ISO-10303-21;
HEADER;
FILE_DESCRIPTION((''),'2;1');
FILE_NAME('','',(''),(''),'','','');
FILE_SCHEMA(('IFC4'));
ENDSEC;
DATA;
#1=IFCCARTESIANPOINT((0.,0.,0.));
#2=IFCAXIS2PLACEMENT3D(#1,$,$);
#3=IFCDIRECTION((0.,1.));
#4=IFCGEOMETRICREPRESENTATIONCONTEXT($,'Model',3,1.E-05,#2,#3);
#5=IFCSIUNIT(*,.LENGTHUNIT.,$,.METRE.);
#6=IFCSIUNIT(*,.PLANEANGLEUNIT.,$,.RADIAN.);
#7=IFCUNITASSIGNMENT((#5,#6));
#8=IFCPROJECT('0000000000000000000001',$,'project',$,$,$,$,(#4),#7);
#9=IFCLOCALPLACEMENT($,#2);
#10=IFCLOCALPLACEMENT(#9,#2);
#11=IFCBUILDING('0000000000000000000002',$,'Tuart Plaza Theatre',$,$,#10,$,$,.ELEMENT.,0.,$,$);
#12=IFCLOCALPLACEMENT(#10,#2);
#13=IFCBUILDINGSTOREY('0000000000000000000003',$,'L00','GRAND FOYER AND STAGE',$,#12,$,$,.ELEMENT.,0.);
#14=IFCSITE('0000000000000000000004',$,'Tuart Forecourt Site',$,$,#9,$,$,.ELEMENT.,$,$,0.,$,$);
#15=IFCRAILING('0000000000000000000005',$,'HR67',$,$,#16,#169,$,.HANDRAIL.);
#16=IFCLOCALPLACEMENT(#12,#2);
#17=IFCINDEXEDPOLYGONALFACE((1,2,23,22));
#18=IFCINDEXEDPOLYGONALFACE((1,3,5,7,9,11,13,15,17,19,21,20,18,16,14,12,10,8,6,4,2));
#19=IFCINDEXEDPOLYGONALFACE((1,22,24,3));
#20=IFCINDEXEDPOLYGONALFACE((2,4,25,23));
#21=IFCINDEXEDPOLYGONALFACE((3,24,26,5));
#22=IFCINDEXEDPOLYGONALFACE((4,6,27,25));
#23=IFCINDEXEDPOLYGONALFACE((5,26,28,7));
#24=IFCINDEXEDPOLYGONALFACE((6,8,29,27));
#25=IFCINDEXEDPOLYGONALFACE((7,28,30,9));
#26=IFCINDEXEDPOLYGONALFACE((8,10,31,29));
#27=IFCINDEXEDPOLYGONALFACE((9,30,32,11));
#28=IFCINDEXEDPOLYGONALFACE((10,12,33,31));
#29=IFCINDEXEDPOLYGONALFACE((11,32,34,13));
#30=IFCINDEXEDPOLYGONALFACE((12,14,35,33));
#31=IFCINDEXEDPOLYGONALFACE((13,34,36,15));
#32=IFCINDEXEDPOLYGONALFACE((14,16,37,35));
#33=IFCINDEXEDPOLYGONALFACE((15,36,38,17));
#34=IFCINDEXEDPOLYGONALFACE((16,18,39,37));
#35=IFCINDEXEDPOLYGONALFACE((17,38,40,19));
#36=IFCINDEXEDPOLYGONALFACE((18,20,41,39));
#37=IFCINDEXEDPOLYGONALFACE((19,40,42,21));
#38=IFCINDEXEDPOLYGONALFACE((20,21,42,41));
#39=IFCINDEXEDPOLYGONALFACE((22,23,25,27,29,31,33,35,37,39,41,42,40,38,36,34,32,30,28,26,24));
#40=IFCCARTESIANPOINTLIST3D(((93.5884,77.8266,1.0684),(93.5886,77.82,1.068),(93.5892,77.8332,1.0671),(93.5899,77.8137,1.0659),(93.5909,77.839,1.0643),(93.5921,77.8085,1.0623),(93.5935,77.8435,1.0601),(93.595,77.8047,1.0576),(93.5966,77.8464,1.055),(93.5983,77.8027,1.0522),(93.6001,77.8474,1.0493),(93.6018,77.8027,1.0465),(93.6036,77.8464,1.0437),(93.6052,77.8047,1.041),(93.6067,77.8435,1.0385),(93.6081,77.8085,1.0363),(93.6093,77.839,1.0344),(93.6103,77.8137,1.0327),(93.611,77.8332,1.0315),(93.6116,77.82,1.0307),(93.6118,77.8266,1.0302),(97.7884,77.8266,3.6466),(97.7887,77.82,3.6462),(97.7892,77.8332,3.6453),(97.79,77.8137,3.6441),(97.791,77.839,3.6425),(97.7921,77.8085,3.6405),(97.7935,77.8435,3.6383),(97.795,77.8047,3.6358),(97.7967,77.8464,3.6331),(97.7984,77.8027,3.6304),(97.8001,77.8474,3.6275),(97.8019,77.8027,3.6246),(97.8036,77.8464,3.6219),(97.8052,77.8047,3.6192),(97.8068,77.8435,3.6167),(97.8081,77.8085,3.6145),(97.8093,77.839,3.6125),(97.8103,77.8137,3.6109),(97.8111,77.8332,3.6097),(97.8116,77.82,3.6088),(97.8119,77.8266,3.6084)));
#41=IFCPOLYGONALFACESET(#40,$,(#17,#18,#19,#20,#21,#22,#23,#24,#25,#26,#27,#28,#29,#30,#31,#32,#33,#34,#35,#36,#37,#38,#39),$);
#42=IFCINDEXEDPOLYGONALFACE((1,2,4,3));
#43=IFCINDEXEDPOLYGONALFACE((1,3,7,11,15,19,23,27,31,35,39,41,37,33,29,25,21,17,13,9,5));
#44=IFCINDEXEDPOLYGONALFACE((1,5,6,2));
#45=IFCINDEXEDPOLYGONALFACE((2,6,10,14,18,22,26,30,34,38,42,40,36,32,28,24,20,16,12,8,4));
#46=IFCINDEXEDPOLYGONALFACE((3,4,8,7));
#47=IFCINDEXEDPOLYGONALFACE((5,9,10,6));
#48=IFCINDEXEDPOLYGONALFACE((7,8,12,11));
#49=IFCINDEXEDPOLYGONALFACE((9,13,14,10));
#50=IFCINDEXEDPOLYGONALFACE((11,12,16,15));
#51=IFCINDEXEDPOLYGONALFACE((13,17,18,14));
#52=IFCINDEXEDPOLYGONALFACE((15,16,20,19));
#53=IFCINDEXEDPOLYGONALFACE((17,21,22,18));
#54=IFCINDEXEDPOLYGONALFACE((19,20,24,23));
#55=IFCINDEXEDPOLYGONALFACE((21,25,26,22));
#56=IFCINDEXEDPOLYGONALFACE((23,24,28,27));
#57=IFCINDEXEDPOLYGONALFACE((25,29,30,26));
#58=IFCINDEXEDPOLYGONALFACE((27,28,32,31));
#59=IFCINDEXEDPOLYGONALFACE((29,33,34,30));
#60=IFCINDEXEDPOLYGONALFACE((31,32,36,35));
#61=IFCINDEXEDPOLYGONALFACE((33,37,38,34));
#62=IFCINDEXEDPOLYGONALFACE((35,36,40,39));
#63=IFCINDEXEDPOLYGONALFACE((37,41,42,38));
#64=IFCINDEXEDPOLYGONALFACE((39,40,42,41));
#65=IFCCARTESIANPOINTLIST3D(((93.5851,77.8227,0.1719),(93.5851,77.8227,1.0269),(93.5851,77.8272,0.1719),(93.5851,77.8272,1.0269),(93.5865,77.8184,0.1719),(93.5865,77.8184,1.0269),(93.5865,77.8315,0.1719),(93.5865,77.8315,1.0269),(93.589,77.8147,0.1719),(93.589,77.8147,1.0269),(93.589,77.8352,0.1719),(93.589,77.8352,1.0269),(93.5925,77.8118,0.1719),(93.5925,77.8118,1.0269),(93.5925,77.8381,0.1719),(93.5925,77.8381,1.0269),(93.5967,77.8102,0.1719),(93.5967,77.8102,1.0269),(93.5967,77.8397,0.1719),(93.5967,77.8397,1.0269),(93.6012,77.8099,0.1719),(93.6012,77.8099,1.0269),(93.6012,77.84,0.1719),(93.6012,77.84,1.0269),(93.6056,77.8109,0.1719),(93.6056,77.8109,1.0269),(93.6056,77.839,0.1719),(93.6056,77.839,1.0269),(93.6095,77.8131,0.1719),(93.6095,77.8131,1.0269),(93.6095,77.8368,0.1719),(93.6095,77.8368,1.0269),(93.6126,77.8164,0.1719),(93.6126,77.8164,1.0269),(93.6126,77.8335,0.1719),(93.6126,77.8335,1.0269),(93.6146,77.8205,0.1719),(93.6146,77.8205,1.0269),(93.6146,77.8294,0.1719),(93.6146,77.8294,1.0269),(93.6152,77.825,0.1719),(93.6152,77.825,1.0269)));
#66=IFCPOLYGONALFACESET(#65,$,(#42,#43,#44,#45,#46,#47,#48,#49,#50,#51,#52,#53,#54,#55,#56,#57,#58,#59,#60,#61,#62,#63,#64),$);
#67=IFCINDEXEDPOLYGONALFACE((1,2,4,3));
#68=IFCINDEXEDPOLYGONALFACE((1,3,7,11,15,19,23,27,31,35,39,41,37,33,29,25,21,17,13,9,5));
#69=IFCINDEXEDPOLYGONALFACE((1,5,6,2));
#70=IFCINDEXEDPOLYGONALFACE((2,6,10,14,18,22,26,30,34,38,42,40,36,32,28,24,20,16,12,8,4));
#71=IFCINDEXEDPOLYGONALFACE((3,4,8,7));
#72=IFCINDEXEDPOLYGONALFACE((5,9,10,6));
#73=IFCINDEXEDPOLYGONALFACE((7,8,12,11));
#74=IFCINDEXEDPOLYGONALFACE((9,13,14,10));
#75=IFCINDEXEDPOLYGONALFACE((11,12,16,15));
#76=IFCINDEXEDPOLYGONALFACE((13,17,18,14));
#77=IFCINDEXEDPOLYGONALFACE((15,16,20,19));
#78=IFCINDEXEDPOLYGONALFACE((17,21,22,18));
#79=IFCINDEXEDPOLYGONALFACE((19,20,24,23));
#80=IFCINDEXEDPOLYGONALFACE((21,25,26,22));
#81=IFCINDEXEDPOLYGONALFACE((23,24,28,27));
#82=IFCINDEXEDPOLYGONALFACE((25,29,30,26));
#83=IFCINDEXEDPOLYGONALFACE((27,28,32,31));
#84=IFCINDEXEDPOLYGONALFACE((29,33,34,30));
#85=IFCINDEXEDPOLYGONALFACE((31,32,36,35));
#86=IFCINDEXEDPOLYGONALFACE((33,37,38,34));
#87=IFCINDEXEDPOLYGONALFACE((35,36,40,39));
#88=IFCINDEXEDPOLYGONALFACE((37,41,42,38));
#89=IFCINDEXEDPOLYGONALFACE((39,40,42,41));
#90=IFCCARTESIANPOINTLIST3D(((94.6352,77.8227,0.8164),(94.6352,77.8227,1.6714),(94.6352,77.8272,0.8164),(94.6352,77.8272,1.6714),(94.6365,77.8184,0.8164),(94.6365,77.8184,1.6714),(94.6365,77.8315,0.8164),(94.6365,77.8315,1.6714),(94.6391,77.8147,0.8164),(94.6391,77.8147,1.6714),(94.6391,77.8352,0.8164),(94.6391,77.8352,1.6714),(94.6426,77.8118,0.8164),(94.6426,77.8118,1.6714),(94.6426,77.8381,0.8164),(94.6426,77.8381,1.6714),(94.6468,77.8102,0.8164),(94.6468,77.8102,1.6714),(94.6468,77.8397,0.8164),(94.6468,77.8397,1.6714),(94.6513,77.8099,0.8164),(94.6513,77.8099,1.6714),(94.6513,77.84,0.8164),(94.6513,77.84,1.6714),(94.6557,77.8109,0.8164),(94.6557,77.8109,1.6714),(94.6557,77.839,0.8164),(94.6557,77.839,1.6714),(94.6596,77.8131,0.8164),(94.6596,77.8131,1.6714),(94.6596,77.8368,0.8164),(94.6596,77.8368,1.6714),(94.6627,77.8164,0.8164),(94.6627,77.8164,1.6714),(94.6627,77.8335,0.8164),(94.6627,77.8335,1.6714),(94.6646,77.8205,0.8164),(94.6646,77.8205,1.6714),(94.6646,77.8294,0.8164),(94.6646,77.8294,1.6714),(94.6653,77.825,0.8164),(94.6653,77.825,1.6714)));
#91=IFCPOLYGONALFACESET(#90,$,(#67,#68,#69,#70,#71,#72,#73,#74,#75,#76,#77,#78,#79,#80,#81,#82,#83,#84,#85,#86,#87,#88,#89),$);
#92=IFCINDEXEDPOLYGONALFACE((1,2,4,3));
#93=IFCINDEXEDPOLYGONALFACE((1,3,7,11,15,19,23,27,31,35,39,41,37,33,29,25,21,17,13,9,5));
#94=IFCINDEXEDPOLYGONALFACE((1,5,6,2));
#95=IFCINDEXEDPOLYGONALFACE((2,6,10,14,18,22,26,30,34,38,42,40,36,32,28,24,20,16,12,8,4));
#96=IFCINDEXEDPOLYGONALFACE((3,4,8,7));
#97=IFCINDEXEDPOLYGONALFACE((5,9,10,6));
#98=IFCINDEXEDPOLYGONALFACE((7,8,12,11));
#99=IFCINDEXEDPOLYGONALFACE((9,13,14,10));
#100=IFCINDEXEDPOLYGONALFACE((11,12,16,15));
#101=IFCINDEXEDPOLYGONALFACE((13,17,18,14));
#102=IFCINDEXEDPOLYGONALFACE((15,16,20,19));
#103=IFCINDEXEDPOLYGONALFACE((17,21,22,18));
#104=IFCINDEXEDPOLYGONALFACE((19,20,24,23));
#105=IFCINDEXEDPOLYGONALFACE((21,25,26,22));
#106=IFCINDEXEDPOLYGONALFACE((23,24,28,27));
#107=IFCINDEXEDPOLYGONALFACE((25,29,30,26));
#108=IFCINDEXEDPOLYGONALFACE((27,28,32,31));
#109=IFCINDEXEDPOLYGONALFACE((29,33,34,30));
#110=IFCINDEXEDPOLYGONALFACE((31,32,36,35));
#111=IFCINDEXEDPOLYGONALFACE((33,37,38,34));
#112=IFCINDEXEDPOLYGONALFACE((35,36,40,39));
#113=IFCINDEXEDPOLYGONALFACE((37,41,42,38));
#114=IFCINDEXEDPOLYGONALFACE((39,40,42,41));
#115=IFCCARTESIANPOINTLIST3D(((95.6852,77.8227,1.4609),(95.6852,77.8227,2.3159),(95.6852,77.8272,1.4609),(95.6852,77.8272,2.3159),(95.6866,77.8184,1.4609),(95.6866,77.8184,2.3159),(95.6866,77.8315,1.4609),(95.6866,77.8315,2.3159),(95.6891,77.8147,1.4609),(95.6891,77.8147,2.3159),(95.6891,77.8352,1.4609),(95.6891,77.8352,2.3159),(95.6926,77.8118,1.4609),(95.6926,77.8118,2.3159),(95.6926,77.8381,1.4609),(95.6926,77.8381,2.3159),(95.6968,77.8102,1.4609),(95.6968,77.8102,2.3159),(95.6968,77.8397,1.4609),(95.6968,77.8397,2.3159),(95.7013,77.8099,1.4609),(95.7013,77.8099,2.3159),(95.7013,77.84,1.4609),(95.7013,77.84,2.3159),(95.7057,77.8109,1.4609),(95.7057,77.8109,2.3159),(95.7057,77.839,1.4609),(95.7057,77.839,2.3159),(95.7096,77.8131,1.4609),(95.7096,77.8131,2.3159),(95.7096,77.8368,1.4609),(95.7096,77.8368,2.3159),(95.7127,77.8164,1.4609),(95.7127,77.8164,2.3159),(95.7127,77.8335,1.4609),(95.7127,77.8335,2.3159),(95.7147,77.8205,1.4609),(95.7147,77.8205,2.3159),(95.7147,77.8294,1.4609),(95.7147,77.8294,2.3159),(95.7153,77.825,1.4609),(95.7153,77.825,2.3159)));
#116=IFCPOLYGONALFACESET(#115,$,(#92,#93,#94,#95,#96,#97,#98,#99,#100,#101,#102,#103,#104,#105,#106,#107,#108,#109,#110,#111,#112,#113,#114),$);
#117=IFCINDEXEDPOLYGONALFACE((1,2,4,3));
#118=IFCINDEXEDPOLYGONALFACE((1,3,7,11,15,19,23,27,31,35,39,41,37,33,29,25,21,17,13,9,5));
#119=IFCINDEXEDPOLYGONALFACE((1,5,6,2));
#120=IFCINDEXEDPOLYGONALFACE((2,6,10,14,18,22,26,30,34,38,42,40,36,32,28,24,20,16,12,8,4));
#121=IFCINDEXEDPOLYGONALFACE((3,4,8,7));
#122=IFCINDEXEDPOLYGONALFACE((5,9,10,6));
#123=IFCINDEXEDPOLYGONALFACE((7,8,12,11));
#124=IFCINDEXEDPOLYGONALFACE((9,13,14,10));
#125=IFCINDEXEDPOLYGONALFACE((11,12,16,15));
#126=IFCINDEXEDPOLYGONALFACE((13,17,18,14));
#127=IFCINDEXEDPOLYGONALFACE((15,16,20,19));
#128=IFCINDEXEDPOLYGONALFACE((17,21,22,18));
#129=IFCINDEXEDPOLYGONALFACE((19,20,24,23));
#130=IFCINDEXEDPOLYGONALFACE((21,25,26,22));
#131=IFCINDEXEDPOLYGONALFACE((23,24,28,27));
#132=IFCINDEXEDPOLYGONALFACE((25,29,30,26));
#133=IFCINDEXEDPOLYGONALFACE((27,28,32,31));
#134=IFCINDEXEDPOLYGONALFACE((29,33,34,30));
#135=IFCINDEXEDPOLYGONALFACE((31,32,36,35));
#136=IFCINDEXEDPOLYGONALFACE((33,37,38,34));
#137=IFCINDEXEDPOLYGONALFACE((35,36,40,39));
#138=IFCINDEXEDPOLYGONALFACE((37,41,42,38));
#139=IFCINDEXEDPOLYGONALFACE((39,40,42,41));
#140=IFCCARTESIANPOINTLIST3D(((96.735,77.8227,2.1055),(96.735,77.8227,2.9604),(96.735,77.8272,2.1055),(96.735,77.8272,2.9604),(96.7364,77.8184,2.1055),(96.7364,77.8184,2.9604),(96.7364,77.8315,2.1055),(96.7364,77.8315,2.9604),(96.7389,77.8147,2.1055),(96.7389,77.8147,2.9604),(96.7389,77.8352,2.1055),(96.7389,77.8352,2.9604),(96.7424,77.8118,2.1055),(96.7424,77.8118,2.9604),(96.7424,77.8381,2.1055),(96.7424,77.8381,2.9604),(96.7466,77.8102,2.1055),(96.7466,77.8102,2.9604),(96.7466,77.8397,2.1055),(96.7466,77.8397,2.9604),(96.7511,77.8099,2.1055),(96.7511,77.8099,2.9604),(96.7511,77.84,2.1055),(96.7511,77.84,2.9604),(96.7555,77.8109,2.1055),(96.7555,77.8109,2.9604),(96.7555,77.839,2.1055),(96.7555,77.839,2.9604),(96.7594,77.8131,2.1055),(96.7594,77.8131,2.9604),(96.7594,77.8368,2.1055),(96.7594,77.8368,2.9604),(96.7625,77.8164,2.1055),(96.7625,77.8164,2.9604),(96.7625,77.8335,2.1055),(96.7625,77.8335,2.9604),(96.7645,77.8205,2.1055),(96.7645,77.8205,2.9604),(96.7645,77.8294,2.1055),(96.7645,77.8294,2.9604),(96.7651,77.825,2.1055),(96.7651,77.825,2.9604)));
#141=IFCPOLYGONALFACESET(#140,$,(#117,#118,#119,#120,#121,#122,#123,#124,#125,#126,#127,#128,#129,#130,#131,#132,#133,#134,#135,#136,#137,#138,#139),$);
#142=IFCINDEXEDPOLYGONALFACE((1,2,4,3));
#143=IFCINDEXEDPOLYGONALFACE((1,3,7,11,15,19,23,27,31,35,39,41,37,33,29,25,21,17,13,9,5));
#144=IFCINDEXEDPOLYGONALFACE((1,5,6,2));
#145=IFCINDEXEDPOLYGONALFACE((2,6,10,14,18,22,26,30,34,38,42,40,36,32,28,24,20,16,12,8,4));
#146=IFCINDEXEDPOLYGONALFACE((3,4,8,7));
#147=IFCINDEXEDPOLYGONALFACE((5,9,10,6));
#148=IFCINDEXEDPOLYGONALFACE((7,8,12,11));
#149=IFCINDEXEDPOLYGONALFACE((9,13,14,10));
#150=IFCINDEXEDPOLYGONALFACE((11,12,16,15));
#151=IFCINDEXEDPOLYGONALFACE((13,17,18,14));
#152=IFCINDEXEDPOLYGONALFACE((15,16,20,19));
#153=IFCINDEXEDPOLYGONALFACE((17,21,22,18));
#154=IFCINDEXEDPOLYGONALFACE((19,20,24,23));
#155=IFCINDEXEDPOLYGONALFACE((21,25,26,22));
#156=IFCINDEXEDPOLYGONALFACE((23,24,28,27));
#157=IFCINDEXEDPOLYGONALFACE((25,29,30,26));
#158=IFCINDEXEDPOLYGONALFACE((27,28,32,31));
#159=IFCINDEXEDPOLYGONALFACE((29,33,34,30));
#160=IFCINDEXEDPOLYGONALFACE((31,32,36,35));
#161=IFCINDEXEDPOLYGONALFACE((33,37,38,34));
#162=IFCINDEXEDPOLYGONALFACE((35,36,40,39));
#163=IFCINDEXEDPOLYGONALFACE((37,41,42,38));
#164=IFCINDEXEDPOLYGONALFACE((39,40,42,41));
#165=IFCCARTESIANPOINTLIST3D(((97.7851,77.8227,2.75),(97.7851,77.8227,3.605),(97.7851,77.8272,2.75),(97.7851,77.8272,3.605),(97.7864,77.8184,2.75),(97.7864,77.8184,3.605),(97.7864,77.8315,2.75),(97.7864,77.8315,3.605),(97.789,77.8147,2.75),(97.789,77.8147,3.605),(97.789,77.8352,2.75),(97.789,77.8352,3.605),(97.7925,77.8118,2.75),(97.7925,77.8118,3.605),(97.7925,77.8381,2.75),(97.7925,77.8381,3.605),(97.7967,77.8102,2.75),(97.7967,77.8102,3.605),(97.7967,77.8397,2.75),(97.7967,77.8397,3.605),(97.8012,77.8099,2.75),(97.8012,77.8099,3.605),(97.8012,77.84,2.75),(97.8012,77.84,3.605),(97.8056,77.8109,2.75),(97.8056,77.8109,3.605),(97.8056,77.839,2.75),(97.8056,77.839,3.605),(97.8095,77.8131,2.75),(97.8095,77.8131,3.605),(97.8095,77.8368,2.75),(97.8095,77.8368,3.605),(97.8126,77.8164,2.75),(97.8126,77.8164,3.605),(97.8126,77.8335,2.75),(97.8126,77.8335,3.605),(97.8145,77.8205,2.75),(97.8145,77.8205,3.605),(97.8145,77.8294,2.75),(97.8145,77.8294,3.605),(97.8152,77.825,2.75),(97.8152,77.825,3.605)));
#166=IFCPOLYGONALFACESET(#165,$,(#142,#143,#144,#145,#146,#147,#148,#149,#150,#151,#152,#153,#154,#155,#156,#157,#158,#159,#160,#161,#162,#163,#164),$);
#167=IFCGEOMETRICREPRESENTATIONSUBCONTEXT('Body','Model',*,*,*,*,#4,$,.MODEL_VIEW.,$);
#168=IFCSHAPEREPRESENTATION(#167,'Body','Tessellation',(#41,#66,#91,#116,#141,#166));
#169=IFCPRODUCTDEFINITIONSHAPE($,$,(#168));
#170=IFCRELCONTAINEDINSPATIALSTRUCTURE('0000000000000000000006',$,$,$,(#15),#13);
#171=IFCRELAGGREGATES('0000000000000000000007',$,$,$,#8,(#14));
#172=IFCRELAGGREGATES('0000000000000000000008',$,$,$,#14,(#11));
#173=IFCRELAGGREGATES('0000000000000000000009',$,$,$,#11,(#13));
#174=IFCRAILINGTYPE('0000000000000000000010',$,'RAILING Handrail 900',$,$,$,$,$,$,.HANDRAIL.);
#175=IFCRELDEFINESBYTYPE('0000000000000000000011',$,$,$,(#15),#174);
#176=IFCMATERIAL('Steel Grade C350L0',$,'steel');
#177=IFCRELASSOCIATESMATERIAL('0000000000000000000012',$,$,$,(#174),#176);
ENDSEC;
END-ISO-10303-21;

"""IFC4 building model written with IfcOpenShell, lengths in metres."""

from ifc_helpers import new_model, si_unit, direction, frame, origin, origin_2d, place, context, subcontext, project, spatial, circle, extrude, material, type_object, element, save


model = new_model("IFC4")

# Units and contexts
model_context = context("Model", 3, precision=1e-05, world=origin(), true_north=direction((0.0, 1.0)))
body_context = subcontext(model_context, "Body", "Model", "MODEL_VIEW")
ifc_project = project(units=[si_unit("LENGTHUNIT", "METRE"), si_unit("PLANEANGLEUNIT", "RADIAN")], contexts=[model_context])

# Site, building, storey
site_placement = place(None, origin())
site = spatial("IfcSite", under=ifc_project, at=site_placement, Name="Tuart Forecourt Site", CompositionType="ELEMENT", RefElevation=0.0)
building_placement = place(site_placement, origin())
building = spatial("IfcBuilding", under=site, at=building_placement, Name="Tuart Plaza Theatre", CompositionType="ELEMENT", ElevationOfRefHeight=0.0)
storey_placement = place(building_placement, origin())
storey = spatial("IfcBuildingStorey", under=building, at=storey_placement, Name="L00", Description="GRAND FOYER AND STAGE", CompositionType="ELEMENT", Elevation=0.0)

# Railing
ifc_material_1 = material(Name="Steel Grade C350L0", Category="steel")
railing_type_1 = type_object("IfcRailingType", Name="RAILING Handrail 900", PredefinedType="HANDRAIL", material=ifc_material_1)
railing_1_placement = place(storey_placement, frame((93.6001, 77.825, 0.1719)))
element("IfcRailing", 1, at=railing_1_placement, inside=storey, type_object=railing_type_1, Name="HR67", PredefinedType="HANDRAIL", context=body_context, shape_type="SweptSolid", body=[
    extrude(circle(Radius=0.0225, at=origin_2d()), frame((0.0, 0.0, 0.8774), z_axis=(0.852243, 0.0, 0.523146), x_axis=(0.0, 1.0, 0.0)), (0.0, 0.0, 1.0), 4.9282),
    extrude(circle(Radius=0.0151, at=origin_2d()), origin(), (0.0, 0.0, 1.0), 0.855),
    extrude(circle(Radius=0.0151, at=origin_2d()), frame((1.05, 0.0, 0.6445)), (0.0, 0.0, 1.0), 0.855),
    extrude(circle(Radius=0.0151, at=origin_2d()), frame((2.1001, 0.0, 1.2891)), (0.0, 0.0, 1.0), 0.855),
    extrude(circle(Radius=0.0151, at=origin_2d()), frame((3.1499, 0.0, 1.9336)), (0.0, 0.0, 1.0), 0.855),
    extrude(circle(Radius=0.0151, at=origin_2d()), frame((4.2, 0.0, 2.5781)), (0.0, 0.0, 1.0), 0.855),
])

save(model, "model.ifc")
